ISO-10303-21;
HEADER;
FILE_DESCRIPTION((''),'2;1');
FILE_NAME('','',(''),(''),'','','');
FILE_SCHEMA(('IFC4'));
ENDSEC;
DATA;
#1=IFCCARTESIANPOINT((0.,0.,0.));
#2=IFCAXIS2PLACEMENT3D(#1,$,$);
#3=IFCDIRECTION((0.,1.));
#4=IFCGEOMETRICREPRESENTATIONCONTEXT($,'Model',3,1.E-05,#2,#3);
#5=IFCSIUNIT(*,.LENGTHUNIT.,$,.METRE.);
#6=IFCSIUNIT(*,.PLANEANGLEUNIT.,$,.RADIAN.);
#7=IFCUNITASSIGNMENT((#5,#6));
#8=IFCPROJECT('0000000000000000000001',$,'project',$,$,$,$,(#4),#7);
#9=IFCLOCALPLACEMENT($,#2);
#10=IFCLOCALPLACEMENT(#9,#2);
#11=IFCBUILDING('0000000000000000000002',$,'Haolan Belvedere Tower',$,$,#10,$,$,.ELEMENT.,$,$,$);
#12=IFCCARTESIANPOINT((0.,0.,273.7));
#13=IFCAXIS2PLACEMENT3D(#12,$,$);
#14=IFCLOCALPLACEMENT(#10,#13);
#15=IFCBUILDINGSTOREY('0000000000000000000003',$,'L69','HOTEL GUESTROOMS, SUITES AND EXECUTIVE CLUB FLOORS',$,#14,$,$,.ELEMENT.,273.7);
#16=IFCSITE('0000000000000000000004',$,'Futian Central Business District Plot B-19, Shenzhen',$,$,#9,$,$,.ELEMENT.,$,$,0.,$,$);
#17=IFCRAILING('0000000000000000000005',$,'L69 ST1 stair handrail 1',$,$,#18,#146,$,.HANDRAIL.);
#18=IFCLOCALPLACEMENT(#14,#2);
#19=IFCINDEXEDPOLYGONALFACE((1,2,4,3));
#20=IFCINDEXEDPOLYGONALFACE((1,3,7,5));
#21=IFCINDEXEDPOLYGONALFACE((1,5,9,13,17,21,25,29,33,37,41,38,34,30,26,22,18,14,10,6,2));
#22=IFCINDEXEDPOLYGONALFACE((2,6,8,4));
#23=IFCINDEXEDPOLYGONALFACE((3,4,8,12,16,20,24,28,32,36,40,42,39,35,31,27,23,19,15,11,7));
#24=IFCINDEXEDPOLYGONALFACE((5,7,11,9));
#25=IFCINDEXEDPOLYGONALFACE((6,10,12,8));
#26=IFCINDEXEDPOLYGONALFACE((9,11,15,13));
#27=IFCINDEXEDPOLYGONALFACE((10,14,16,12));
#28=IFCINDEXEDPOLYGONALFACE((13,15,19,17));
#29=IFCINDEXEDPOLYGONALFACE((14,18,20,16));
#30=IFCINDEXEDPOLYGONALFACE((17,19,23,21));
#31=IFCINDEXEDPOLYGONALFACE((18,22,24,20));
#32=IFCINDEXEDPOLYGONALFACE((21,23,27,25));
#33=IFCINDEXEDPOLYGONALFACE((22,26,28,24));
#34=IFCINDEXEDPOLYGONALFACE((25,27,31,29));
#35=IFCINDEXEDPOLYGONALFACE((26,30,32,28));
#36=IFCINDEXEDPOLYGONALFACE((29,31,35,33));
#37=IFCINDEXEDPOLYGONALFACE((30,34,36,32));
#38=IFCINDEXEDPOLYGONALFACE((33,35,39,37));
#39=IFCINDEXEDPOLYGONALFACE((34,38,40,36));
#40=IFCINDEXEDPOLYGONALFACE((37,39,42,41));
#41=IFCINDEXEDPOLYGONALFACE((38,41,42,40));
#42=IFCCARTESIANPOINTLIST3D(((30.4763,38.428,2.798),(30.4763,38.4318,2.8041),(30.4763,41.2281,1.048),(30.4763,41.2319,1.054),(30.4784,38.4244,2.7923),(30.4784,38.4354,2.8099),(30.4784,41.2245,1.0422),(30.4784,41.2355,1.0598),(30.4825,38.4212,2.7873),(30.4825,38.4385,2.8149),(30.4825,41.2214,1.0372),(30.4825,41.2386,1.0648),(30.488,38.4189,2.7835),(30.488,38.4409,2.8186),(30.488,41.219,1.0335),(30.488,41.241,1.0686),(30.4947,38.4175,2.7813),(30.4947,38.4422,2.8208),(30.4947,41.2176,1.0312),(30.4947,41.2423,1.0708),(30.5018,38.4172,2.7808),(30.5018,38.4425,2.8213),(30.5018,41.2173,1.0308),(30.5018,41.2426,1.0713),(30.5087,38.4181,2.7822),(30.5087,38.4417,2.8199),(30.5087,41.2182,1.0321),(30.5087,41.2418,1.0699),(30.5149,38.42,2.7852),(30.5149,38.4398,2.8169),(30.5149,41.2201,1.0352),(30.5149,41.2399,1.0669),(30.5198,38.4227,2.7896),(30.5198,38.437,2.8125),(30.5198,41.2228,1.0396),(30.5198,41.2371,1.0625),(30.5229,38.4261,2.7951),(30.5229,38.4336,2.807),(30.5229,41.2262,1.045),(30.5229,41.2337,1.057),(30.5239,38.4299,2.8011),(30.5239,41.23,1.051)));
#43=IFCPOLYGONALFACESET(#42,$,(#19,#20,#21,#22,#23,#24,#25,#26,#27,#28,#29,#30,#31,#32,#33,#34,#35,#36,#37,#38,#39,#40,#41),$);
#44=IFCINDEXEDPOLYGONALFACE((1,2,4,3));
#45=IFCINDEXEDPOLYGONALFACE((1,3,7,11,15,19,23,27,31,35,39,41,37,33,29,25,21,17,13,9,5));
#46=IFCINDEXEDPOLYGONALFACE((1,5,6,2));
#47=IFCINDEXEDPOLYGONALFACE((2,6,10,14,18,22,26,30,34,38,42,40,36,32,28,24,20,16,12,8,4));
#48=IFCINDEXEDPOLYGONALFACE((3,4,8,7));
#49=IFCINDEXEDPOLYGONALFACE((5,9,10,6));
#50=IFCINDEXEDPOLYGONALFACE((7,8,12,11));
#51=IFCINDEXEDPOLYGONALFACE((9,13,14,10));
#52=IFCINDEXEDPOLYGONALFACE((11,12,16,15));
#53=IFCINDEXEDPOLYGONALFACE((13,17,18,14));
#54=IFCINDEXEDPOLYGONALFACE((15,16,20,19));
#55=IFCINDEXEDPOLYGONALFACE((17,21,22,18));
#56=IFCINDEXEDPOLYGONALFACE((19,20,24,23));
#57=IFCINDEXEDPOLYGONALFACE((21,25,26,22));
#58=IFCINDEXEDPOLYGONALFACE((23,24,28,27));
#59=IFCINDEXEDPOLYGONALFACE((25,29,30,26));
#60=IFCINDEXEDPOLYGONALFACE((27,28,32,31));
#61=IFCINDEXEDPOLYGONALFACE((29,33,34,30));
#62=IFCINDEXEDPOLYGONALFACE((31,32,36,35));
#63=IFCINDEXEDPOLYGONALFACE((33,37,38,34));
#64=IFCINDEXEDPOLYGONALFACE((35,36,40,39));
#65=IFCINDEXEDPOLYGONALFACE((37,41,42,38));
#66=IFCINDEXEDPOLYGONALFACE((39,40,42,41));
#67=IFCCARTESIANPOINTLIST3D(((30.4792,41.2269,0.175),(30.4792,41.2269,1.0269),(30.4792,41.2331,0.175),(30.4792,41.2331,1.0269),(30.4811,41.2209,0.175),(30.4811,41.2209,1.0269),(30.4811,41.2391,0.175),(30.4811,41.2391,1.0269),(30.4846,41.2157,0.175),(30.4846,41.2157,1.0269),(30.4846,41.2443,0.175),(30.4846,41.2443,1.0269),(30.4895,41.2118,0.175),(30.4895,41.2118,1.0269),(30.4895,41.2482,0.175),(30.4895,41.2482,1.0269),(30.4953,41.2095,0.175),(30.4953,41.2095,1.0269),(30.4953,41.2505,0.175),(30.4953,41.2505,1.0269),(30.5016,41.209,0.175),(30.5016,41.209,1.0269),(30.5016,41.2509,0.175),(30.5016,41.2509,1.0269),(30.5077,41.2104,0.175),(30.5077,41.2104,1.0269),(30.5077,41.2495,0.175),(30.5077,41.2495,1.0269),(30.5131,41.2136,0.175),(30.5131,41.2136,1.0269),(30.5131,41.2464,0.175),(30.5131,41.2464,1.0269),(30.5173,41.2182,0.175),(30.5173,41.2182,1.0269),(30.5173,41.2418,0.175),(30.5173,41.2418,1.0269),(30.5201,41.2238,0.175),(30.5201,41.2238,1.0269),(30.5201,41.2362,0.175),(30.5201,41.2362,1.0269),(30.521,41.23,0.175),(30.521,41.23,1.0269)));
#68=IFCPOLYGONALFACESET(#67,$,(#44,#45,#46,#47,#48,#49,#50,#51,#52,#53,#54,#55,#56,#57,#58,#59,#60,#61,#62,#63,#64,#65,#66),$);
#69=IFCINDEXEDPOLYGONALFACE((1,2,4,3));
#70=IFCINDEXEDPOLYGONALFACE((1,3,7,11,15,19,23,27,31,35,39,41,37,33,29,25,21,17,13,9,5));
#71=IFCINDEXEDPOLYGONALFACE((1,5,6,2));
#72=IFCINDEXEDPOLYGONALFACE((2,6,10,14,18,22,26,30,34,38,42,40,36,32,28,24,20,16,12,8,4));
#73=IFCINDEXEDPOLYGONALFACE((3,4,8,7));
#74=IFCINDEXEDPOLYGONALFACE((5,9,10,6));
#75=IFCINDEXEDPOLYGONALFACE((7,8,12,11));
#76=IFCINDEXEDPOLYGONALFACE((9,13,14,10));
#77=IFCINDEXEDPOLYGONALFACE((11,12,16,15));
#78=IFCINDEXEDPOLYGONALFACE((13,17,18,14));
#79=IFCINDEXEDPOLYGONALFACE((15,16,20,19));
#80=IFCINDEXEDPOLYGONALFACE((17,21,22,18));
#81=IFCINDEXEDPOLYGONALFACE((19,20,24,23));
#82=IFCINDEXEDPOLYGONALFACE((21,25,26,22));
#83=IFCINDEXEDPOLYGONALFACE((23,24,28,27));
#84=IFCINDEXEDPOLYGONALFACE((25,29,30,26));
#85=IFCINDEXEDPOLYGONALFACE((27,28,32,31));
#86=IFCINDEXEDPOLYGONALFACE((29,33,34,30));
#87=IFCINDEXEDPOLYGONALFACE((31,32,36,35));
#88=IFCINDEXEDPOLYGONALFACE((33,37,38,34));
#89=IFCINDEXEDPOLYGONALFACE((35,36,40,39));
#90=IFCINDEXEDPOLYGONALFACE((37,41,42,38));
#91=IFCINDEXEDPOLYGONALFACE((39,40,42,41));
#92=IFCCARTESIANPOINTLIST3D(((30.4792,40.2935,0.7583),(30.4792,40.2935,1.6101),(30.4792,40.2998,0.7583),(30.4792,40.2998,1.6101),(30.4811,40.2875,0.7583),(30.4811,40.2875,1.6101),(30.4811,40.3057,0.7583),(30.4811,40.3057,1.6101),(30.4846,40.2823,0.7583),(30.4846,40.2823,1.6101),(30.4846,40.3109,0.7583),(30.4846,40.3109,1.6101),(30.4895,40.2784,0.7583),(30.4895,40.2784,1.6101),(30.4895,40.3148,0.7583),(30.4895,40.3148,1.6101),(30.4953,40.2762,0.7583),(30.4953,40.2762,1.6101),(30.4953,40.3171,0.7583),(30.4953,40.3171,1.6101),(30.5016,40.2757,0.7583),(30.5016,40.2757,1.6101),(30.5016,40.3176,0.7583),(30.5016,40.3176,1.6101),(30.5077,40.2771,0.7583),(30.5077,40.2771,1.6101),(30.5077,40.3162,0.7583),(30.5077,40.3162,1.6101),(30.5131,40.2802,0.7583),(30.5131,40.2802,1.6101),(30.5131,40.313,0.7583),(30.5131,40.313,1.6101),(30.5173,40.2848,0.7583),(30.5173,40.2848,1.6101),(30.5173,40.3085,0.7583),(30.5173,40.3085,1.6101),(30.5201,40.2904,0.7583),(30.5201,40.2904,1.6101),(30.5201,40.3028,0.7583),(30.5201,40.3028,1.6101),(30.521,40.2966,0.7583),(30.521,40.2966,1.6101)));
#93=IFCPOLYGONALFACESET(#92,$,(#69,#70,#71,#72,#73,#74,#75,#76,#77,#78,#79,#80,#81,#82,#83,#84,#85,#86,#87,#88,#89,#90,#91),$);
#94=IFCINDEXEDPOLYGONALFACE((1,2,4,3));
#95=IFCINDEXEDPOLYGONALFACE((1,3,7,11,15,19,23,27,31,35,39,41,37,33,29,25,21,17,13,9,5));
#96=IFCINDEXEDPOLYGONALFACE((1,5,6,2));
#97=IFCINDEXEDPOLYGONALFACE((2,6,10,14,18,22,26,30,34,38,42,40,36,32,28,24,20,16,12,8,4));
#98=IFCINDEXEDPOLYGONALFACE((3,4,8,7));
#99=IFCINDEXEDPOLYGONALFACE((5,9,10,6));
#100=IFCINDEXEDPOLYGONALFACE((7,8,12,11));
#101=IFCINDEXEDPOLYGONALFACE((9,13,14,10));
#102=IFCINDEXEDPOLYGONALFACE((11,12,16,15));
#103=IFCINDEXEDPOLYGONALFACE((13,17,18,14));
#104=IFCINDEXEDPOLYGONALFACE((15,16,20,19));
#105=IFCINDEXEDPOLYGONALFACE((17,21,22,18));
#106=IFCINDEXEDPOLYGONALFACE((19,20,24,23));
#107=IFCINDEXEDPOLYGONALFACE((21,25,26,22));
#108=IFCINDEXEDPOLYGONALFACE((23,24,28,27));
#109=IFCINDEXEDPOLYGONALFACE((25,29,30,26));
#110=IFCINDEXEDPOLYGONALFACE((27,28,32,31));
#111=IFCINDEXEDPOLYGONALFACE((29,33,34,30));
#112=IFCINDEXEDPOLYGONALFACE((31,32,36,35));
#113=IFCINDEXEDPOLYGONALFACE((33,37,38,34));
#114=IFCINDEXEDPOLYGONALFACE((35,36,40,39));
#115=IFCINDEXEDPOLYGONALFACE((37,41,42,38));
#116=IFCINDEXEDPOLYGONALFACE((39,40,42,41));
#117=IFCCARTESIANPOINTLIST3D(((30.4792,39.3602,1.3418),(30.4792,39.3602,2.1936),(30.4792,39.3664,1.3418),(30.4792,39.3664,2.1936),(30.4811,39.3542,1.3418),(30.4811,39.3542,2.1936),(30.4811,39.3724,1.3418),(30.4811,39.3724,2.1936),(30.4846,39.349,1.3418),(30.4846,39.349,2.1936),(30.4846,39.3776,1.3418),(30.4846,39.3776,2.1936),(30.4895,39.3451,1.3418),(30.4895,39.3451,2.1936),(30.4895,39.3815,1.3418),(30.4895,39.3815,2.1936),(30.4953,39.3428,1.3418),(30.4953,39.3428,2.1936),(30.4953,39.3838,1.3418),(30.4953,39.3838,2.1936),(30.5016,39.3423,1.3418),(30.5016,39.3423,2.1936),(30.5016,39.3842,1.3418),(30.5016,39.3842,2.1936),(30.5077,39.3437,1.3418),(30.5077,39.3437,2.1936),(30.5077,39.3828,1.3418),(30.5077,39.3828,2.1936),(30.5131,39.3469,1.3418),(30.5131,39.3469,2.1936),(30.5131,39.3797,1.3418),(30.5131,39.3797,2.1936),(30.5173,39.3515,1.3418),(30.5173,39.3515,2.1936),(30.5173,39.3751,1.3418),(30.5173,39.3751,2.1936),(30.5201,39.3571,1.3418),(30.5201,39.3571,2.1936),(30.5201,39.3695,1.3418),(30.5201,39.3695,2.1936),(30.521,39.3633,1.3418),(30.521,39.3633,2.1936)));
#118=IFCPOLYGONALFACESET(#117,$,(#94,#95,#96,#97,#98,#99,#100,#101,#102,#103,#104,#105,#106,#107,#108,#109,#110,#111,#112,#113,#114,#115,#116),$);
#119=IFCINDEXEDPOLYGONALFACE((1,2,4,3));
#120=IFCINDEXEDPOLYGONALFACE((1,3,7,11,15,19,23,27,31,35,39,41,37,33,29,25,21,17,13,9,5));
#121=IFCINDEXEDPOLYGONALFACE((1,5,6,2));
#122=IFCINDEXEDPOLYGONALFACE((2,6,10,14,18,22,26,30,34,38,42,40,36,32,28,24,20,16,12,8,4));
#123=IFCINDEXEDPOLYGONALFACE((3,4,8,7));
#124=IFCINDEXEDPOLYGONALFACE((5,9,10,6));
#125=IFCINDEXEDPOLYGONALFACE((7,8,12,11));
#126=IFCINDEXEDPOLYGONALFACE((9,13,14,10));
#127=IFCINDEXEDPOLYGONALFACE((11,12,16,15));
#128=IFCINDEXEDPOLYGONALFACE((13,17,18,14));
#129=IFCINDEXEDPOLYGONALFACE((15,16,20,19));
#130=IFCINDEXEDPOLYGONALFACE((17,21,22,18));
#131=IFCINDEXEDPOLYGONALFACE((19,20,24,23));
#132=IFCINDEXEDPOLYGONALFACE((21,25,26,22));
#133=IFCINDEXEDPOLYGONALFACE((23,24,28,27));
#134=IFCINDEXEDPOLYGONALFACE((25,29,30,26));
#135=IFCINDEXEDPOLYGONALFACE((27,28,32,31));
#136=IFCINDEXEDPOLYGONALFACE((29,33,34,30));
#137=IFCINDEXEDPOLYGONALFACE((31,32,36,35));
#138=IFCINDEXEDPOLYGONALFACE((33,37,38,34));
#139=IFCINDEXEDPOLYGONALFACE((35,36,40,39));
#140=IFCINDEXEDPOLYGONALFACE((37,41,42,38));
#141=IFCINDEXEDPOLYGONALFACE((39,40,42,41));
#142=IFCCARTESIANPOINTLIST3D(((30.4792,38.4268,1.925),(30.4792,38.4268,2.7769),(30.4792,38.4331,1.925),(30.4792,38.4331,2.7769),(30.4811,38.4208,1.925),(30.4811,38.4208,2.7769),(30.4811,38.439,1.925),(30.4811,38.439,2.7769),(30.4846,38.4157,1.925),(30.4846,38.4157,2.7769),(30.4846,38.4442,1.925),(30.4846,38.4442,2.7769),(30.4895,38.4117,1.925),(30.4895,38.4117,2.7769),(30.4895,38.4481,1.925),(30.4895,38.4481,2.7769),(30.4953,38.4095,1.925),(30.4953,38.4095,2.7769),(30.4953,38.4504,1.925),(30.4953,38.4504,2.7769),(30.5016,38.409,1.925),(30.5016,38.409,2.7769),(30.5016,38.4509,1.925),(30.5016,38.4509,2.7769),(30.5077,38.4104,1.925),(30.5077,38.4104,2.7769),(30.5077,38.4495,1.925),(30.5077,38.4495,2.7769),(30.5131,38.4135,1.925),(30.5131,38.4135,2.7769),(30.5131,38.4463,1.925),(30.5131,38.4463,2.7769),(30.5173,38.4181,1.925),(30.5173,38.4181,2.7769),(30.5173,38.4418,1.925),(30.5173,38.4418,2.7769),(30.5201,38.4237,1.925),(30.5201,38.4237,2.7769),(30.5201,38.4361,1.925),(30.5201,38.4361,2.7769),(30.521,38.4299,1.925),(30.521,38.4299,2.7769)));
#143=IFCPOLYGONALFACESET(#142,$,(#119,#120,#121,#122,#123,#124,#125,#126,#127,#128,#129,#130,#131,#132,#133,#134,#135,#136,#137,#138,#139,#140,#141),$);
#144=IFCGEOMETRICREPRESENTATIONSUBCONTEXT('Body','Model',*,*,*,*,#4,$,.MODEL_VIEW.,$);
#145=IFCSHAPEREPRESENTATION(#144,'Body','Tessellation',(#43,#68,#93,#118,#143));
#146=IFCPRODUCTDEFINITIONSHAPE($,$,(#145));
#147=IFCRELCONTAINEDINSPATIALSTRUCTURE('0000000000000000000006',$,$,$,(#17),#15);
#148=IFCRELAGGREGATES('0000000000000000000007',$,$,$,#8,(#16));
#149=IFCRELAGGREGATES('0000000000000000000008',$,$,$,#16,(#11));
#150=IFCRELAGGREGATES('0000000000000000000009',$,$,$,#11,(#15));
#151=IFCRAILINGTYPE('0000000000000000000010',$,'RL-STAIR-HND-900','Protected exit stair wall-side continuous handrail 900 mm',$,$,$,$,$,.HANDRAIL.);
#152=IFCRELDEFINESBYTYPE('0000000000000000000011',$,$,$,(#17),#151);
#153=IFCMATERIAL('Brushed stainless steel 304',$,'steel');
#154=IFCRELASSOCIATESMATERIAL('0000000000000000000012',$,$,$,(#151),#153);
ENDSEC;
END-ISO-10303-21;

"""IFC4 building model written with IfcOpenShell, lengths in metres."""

from ifc_helpers import new_model, si_unit, direction, frame, origin, origin_2d, place, context, subcontext, project, spatial, circle, extrude, material, type_object, element, save


model = new_model("IFC4")

# Units and contexts
model_context = context("Model", 3, precision=1e-05, world=origin(), true_north=direction((0.0, 1.0)))
body_context = subcontext(model_context, "Body", "Model", "MODEL_VIEW")
ifc_project = project(units=[si_unit("LENGTHUNIT", "METRE"), si_unit("PLANEANGLEUNIT", "RADIAN")], contexts=[model_context])

# Site, building, storey
site_placement = place(None, origin())
site = spatial("IfcSite", under=ifc_project, at=site_placement, Name="Futian Central Business District Plot B-19, Shenzhen", CompositionType="ELEMENT", RefElevation=0.0)
building_placement = place(site_placement, origin())
building = spatial("IfcBuilding", under=site, at=building_placement, Name="Haolan Belvedere Tower", CompositionType="ELEMENT")
storey_placement = place(building_placement, frame((0.0, 0.0, 273.7)))
storey = spatial("IfcBuildingStorey", under=building, at=storey_placement, Name="L69", Description="HOTEL GUESTROOMS, SUITES AND EXECUTIVE CLUB FLOORS", CompositionType="ELEMENT", Elevation=273.7)

# Railing
ifc_material_1 = material(Name="Brushed stainless steel 304", Category="steel")
railing_type_1 = type_object("IfcRailingType", Name="RL-STAIR-HND-900", Description="Protected exit stair wall-side continuous handrail 900 mm", PredefinedType="HANDRAIL", material=ifc_material_1)
railing_1_placement = place(storey_placement, frame((30.5, 41.23, 0.175)))
element("IfcRailing", 1, at=railing_1_placement, inside=storey, type_object=railing_type_1, Name="L69 ST1 stair handrail 1", PredefinedType="HANDRAIL", context=body_context, shape_type="SweptSolid", body=[
    extrude(circle(Radius=0.0239, at=origin_2d()), frame((0.0, 0.0, 0.876), z_axis=(0.0, -0.848002, 0.529992), x_axis=(1.0, 0.0, 0.0)), (0.0, 0.0, 1.0), 3.302),
    extrude(circle(Radius=0.021, at=origin_2d()), origin(), (0.0, 0.0, 1.0), 0.8518),
    extrude(circle(Radius=0.021, at=origin_2d()), frame((0.0, -0.9333, 0.5833)), (0.0, 0.0, 1.0), 0.8518),
    extrude(circle(Radius=0.021, at=origin_2d()), frame((0.0, -1.8667, 1.1667)), (0.0, 0.0, 1.0), 0.8518),
    extrude(circle(Radius=0.021, at=origin_2d()), frame((0.0, -2.8, 1.75)), (0.0, 0.0, 1.0), 0.8518),
])

save(model, "model.ifc")
